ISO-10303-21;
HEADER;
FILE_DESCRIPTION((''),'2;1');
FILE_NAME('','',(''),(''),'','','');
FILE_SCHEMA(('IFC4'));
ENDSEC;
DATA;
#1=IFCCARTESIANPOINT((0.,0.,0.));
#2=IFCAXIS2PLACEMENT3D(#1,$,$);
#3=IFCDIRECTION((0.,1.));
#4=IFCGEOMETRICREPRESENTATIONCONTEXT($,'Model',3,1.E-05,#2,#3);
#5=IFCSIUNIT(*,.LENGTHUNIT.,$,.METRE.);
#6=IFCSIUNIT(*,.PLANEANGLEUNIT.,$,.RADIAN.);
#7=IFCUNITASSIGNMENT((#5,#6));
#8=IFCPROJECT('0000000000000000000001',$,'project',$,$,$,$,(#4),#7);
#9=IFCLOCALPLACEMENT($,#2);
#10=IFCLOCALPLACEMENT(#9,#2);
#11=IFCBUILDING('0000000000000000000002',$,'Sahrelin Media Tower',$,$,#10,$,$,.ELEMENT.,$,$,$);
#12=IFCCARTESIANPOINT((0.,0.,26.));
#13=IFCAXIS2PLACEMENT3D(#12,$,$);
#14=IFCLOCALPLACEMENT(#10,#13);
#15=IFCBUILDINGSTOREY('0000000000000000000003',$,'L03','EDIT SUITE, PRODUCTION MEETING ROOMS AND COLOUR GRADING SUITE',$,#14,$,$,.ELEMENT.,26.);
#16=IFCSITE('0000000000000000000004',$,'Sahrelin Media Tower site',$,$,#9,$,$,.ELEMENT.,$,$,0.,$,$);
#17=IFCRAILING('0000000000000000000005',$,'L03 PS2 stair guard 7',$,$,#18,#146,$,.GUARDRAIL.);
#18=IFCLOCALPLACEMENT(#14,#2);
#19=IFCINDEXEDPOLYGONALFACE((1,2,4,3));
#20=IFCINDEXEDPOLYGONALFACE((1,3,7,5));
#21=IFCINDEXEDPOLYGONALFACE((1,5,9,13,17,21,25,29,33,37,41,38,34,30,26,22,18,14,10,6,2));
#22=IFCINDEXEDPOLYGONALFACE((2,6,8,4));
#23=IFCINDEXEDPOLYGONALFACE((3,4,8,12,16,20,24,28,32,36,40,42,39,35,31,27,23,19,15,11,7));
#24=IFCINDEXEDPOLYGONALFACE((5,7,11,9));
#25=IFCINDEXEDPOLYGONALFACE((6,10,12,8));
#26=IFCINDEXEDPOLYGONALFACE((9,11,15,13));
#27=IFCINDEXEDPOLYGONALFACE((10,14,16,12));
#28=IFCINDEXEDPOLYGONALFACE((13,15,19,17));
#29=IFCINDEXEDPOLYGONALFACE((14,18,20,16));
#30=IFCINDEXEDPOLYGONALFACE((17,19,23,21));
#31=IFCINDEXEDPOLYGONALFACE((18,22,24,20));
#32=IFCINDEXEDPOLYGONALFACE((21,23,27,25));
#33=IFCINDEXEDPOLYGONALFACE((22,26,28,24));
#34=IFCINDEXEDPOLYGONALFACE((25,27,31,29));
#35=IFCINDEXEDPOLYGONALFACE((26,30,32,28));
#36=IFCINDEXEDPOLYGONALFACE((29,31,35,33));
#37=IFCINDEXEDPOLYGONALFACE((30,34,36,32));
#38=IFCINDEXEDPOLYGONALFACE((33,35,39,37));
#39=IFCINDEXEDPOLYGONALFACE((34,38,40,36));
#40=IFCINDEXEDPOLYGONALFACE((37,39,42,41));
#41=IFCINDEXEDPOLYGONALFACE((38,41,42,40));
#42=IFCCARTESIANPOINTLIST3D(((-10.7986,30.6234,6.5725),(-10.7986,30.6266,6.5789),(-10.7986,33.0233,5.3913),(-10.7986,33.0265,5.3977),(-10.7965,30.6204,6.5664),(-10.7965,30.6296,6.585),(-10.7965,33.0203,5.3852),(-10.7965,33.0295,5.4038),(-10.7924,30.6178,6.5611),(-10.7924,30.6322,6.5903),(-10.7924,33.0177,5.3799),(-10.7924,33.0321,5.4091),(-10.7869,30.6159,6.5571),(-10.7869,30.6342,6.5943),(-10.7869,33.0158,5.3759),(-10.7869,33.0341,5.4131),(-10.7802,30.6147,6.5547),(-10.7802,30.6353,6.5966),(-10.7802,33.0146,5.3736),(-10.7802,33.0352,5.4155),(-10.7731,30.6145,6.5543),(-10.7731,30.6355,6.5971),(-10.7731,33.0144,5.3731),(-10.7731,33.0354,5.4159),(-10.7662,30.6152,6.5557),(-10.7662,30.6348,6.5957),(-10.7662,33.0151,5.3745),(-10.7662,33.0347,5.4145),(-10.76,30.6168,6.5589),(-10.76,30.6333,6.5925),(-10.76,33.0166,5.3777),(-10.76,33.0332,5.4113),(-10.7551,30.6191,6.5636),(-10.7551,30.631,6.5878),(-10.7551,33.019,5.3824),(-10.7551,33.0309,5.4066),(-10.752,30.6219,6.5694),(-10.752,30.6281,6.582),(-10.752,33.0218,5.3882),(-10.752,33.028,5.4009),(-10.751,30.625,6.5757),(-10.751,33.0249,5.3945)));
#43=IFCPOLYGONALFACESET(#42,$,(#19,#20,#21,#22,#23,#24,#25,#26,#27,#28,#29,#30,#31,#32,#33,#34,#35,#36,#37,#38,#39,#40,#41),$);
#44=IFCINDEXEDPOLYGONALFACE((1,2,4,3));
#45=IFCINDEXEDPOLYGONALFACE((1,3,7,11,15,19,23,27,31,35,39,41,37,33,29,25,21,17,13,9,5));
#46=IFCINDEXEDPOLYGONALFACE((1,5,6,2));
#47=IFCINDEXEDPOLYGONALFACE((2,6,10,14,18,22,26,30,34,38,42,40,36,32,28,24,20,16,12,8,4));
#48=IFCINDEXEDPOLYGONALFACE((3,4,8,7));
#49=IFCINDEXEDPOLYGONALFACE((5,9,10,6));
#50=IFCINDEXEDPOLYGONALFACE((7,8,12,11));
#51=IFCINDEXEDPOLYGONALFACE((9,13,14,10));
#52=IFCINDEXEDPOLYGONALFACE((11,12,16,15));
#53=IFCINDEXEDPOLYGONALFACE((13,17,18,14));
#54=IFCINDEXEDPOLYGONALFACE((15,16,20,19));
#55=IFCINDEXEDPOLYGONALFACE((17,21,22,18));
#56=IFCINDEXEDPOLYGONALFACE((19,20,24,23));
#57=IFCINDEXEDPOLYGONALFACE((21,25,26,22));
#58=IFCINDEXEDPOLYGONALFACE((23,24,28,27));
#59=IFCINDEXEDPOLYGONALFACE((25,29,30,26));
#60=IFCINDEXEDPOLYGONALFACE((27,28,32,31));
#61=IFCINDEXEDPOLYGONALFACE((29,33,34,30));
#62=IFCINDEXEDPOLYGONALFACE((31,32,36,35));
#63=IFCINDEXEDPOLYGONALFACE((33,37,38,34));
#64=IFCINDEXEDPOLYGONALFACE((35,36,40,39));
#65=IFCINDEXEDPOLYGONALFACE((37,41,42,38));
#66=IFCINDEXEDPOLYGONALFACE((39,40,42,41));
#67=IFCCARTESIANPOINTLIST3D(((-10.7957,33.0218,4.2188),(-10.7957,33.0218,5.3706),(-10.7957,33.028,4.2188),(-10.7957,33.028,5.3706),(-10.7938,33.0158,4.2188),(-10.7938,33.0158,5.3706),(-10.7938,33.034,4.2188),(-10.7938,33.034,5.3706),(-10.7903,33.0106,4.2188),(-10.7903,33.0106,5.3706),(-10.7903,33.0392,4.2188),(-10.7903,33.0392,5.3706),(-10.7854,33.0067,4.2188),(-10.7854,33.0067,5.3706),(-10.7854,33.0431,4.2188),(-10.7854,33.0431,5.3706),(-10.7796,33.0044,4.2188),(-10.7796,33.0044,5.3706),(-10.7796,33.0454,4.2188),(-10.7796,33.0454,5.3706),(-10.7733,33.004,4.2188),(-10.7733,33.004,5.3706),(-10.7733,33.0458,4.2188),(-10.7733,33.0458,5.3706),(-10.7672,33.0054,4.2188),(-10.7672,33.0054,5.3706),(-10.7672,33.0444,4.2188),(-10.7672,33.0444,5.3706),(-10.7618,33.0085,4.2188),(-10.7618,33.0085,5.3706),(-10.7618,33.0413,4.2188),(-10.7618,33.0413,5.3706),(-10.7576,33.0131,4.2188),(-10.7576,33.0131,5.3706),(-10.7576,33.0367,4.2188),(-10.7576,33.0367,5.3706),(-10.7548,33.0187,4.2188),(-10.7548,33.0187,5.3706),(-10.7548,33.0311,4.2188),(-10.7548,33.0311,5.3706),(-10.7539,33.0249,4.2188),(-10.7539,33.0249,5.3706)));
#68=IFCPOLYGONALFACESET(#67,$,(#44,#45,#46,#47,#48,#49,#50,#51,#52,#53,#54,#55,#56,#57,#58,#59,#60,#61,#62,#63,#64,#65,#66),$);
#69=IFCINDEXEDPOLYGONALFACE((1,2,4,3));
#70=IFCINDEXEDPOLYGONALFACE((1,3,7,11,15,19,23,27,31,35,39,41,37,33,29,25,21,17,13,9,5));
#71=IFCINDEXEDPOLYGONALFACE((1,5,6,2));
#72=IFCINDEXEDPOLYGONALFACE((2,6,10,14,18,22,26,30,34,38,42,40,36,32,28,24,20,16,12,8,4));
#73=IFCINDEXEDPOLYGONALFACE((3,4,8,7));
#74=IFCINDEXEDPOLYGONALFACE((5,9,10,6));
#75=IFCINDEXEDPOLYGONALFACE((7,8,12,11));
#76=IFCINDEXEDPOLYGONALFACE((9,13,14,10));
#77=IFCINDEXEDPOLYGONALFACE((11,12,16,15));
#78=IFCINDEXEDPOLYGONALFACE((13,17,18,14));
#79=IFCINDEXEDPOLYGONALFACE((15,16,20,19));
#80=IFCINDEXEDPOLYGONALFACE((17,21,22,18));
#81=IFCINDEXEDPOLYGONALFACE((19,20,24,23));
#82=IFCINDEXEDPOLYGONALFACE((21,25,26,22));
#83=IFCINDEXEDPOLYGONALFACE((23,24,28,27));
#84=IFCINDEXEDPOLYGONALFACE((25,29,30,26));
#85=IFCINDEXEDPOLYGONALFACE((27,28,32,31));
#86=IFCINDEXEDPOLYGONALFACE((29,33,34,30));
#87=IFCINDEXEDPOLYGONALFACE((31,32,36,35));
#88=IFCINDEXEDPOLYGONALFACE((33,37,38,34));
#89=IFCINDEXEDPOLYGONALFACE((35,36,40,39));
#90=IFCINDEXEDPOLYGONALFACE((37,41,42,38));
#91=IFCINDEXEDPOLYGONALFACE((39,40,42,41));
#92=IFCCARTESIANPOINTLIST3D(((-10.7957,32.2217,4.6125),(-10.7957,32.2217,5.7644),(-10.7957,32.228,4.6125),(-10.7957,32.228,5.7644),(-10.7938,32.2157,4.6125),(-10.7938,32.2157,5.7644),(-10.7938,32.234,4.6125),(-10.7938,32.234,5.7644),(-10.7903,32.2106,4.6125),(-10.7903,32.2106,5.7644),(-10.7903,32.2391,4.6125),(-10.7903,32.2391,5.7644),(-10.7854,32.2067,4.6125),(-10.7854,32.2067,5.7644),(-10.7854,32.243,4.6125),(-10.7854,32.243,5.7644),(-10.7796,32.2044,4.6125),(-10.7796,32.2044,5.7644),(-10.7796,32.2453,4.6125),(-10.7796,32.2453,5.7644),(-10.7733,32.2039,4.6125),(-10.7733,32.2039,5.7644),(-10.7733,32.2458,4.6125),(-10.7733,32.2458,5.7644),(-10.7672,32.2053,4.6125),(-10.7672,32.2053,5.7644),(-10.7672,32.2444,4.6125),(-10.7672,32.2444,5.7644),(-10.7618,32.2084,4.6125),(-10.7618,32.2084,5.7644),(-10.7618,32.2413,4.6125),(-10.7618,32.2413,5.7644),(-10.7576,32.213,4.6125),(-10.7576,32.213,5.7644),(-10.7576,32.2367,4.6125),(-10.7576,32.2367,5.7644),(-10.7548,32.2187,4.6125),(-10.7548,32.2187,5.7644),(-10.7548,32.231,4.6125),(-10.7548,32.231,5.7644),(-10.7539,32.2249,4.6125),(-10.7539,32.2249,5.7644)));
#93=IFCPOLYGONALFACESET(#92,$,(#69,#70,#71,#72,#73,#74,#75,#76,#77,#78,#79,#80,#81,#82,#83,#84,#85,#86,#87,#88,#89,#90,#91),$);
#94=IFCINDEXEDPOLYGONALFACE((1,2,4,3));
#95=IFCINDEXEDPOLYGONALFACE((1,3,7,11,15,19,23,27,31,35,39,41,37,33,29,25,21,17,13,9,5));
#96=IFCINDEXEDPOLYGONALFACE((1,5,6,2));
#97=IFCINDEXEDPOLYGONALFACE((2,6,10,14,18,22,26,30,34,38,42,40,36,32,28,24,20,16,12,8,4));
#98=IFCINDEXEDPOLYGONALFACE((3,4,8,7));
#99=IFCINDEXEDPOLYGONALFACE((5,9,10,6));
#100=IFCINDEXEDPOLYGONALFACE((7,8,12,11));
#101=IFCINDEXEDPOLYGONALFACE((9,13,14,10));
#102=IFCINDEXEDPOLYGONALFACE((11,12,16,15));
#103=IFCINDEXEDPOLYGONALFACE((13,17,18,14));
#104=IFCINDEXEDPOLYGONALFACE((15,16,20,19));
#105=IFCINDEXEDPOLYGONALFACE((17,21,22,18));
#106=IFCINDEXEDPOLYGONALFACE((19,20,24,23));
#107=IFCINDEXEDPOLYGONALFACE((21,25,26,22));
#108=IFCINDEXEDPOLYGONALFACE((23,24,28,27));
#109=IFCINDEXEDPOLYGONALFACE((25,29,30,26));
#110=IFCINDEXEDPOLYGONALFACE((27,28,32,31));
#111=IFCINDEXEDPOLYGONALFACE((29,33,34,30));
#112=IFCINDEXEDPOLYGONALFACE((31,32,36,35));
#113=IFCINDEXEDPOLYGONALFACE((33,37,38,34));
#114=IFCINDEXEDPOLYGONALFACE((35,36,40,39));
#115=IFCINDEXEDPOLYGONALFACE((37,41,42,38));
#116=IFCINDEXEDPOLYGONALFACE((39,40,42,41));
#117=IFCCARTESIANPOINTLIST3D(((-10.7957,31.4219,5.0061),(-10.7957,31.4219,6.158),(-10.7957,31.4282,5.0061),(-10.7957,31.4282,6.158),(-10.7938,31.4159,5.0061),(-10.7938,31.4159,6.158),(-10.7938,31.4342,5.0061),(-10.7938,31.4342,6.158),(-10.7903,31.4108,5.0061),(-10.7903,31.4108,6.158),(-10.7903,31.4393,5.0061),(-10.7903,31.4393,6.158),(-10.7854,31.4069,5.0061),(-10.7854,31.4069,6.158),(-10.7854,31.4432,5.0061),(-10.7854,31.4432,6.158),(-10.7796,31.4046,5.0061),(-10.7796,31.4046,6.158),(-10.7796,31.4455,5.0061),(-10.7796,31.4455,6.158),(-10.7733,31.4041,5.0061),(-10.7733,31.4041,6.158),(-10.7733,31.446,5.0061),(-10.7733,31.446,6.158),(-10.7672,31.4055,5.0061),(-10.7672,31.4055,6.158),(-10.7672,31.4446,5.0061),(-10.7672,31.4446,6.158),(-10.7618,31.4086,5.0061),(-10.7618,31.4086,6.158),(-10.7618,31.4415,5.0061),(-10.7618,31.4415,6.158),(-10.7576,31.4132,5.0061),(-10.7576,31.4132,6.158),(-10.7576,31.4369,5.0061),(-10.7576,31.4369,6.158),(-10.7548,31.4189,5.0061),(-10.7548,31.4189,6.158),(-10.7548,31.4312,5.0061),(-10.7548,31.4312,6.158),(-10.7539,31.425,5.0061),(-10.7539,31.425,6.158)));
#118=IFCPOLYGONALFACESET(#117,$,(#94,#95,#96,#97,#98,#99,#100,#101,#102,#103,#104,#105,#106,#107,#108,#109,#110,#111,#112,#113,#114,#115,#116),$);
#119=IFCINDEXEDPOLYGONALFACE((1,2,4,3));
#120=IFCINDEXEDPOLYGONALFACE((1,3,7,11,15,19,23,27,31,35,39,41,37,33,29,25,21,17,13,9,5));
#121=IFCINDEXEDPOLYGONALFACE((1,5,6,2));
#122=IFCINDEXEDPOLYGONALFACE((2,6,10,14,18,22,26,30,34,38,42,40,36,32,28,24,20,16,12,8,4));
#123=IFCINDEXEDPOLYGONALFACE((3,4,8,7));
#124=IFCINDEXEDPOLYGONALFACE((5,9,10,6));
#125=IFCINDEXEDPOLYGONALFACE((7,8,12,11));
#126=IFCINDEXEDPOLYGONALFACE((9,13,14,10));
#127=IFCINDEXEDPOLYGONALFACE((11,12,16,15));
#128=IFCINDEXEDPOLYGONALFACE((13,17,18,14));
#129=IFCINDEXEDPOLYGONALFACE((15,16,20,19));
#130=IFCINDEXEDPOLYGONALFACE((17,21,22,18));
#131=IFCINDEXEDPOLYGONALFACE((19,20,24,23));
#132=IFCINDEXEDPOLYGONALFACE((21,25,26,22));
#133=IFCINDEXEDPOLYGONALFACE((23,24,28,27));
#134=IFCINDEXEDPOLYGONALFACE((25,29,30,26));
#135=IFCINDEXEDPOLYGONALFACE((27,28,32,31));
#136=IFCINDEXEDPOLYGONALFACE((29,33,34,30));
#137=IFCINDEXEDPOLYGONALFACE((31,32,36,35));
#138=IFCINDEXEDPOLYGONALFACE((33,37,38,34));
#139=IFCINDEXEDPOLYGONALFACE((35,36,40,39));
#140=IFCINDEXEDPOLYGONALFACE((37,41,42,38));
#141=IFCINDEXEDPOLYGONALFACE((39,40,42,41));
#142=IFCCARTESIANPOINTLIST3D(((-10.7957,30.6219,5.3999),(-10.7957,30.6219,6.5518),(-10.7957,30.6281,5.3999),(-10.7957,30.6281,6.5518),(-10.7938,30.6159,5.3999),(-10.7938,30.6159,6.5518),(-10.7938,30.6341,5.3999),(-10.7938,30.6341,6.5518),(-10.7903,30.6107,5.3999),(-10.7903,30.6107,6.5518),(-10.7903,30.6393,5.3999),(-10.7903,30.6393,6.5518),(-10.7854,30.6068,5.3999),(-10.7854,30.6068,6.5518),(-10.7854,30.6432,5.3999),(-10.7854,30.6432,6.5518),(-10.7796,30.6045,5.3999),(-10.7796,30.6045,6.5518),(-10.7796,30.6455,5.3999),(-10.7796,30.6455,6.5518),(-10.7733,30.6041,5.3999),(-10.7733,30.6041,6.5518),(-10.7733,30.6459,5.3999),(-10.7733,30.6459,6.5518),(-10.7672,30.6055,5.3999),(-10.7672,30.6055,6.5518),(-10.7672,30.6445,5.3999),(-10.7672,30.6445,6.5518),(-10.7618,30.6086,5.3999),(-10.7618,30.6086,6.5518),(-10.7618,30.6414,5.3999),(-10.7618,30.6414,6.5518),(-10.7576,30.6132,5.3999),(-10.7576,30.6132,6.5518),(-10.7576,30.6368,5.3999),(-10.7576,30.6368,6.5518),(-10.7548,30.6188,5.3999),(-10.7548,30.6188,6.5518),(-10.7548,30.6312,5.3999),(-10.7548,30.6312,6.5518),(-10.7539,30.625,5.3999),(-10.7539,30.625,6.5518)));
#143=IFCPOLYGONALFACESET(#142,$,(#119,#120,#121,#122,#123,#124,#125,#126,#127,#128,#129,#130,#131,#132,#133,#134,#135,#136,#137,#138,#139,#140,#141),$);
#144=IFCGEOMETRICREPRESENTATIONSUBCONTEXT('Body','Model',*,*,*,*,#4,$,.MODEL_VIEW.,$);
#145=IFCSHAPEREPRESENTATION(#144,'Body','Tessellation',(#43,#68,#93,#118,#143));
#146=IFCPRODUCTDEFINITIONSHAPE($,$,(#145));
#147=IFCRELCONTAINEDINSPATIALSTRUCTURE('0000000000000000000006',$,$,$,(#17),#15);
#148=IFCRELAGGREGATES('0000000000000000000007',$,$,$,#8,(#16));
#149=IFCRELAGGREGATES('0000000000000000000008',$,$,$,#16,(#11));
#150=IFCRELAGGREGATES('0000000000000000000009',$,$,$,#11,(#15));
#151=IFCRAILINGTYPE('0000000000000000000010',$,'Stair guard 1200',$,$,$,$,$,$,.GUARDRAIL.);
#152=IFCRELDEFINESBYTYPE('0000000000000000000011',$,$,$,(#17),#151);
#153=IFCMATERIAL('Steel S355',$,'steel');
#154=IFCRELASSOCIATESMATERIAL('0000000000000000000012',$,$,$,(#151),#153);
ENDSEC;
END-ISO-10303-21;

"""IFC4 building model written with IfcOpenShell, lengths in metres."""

from ifc_helpers import new_model, si_unit, direction, frame, origin, origin_2d, place, context, subcontext, project, spatial, circle, extrude, material, type_object, element, save


model = new_model("IFC4")

# Units and contexts
model_context = context("Model", 3, precision=1e-05, world=origin(), true_north=direction((0.0, 1.0)))
body_context = subcontext(model_context, "Body", "Model", "MODEL_VIEW")
ifc_project = project(units=[si_unit("LENGTHUNIT", "METRE"), si_unit("PLANEANGLEUNIT", "RADIAN")], contexts=[model_context])

# Site, building, storey
site_placement = place(None, origin())
site = spatial("IfcSite", under=ifc_project, at=site_placement, Name="Sahrelin Media Tower site", CompositionType="ELEMENT", RefElevation=0.0)
building_placement = place(site_placement, origin())
building = spatial("IfcBuilding", under=site, at=building_placement, Name="Sahrelin Media Tower", CompositionType="ELEMENT")
storey_placement = place(building_placement, frame((0.0, 0.0, 26.0)))
storey = spatial("IfcBuildingStorey", under=building, at=storey_placement, Name="L03", Description="EDIT SUITE, PRODUCTION MEETING ROOMS AND COLOUR GRADING SUITE", CompositionType="ELEMENT", Elevation=26.0)

# Shared definitions
ifc_material_1 = material(Name="Steel S355", Category="steel")

# Railing
railing_type_1 = type_object("IfcRailingType", Name="Stair guard 1200", PredefinedType="GUARDRAIL", material=ifc_material_1)
railing_1_placement = place(storey_placement, frame((-10.7749, 33.0249, 4.2188)))
element("IfcRailing", 1, at=railing_1_placement, inside=storey, type_object=railing_type_1, Name="L03 PS2 stair guard 7", PredefinedType="GUARDRAIL", context=body_context, shape_type="SweptSolid", body=[
    extrude(circle(Radius=0.0239, at=origin_2d()), frame((0.0, 0.0, 1.1758), z_axis=(0.0, -0.897221, 0.441582), x_axis=(1.0, 0.0, 0.0)), (0.0, 0.0, 1.0), 2.6748),
    extrude(circle(Radius=0.021, at=origin_2d()), origin(), (0.0, 0.0, 1.0), 1.1519),
    extrude(circle(Radius=0.021, at=origin_2d()), frame((0.0, -0.8, 0.3938)), (0.0, 0.0, 1.0), 1.1519),
    extrude(circle(Radius=0.021, at=origin_2d()), frame((0.0, -1.5999, 0.7874)), (0.0, 0.0, 1.0), 1.1519),
    extrude(circle(Radius=0.021, at=origin_2d()), frame((0.0, -2.3999, 1.1812)), (0.0, 0.0, 1.0), 1.1519),
])

save(model, "model.ifc")
